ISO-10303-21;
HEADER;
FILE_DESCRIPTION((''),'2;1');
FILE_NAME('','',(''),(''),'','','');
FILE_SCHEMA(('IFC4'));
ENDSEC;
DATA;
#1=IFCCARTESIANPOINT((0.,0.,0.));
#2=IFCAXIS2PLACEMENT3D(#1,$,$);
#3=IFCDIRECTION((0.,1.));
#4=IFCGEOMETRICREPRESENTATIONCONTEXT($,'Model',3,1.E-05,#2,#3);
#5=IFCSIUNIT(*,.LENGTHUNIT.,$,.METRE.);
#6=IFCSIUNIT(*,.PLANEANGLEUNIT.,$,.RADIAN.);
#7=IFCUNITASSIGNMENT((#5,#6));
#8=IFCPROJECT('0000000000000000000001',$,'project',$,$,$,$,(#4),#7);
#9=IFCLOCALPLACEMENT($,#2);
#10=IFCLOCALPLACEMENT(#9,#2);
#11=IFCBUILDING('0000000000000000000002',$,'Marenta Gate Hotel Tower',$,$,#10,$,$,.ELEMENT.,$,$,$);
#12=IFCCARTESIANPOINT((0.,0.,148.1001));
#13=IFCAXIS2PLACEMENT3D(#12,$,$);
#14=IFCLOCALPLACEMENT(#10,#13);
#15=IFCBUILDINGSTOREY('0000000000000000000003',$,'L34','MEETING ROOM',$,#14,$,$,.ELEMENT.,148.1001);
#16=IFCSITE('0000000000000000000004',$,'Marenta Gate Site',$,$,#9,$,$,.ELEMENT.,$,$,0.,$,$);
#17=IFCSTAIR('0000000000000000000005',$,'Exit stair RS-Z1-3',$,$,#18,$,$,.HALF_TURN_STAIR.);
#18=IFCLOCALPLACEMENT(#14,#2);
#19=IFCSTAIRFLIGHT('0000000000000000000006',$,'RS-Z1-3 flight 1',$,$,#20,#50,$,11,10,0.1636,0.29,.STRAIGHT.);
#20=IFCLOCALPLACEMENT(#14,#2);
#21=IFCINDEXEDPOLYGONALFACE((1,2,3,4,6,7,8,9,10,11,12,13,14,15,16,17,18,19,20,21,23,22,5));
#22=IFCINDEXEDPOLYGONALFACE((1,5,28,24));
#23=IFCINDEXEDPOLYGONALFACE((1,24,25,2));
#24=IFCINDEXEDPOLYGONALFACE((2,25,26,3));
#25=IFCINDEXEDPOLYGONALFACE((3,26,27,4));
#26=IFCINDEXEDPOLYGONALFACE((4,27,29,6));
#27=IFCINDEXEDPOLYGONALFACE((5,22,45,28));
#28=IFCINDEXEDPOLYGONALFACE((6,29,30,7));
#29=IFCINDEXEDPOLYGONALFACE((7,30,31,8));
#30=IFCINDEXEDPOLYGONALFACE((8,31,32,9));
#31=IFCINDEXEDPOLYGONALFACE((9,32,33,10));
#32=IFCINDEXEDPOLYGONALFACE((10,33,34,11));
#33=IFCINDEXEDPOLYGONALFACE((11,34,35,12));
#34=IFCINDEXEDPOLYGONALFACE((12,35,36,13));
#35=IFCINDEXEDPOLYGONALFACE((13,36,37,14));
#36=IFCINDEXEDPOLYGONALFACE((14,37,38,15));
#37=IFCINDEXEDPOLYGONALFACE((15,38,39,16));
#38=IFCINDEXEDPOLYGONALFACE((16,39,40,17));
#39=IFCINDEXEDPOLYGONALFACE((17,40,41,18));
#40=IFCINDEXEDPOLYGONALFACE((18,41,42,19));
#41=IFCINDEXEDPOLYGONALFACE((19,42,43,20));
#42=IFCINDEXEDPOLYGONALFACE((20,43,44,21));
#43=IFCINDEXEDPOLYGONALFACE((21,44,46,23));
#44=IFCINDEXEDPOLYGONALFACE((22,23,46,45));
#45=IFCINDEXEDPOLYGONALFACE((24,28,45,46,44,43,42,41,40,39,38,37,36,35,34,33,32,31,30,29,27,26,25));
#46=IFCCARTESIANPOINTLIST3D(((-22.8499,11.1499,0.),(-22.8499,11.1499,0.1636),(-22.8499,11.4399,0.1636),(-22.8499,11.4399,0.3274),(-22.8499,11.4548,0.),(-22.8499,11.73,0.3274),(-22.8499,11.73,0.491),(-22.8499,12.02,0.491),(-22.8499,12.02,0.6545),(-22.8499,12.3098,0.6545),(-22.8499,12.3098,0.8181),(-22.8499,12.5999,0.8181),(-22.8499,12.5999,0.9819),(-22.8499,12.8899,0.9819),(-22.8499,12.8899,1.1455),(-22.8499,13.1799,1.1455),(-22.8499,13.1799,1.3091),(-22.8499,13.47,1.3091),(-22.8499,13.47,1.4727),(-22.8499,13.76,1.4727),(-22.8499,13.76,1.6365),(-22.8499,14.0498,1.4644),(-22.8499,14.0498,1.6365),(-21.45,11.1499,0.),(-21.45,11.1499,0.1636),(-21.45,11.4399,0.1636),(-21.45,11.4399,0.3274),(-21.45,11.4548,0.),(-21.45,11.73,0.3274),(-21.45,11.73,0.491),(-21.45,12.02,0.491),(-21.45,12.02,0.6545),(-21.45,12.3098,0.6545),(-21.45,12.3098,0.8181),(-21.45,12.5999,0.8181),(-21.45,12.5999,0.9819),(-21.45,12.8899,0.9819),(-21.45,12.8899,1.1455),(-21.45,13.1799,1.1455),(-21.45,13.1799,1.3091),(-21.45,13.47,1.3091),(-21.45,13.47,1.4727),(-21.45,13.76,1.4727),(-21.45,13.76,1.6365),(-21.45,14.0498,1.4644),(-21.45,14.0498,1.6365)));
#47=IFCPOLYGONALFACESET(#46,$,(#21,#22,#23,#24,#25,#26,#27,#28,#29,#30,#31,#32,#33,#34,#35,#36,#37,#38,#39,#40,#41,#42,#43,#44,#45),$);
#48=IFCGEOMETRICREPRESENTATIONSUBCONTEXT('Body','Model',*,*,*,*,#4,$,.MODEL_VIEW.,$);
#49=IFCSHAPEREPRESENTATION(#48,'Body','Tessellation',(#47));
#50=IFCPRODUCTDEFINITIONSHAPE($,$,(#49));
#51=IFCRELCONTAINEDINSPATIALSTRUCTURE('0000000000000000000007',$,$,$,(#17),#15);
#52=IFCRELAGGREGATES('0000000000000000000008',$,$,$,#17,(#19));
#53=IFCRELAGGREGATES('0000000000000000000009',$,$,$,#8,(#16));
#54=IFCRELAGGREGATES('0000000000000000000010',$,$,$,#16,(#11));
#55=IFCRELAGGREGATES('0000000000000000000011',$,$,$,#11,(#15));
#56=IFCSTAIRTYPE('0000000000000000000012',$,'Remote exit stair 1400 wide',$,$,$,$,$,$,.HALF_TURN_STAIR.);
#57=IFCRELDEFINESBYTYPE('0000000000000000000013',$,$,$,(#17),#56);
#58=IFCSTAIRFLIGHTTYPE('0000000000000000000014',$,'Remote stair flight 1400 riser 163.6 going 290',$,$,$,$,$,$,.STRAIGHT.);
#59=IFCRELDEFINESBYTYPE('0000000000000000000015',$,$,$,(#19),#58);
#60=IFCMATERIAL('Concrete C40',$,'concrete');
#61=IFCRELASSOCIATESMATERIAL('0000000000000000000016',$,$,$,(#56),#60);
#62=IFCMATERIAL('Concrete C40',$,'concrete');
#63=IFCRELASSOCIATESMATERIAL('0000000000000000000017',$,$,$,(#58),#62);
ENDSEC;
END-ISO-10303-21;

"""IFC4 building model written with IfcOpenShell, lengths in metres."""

from ifc_helpers import new_model, si_unit, direction, frame, origin, place, context, subcontext, project, spatial, polyline, outline, extrude, material, type_object, element, aggregate, save


model = new_model("IFC4")

# Units and contexts
model_context = context("Model", 3, precision=1e-05, world=origin(), true_north=direction((0.0, 1.0)))
body_context = subcontext(model_context, "Body", "Model", "MODEL_VIEW")
ifc_project = project(units=[si_unit("LENGTHUNIT", "METRE"), si_unit("PLANEANGLEUNIT", "RADIAN")], contexts=[model_context])

# Site, building, storey
site_placement = place(None, origin())
site = spatial("IfcSite", under=ifc_project, at=site_placement, Name="Marenta Gate Site", CompositionType="ELEMENT", RefElevation=0.0)
building_placement = place(site_placement, origin())
building = spatial("IfcBuilding", under=site, at=building_placement, Name="Marenta Gate Hotel Tower", CompositionType="ELEMENT")
storey_placement = place(building_placement, frame((0.0, 0.0, 148.1001)))
storey = spatial("IfcBuildingStorey", under=building, at=storey_placement, Name="L34", Description="MEETING ROOM", CompositionType="ELEMENT", Elevation=148.1001)

# Stair, stair flight
ifc_material_1 = material(Name="Concrete C40", Category="concrete")
stair_type = type_object("IfcStairType", Name="Remote exit stair 1400 wide", PredefinedType="HALF_TURN_STAIR", material=ifc_material_1)
stair_placement = place(storey_placement, origin())
stair = element("IfcStair", 1, at=stair_placement, inside=storey, type_object=stair_type, Name="Exit stair RS-Z1-3", PredefinedType="HALF_TURN_STAIR")
ifc_material_2 = material(Name="Concrete C40", Category="concrete")
stair_flight_type = type_object("IfcStairFlightType", Name="Remote stair flight 1400 riser 163.6 going 290", PredefinedType="STRAIGHT", material=ifc_material_2)
stair_flight_placement = place(storey_placement, frame((-22.1499, 11.1499, 0.0), z_axis=(0.0, 0.0, 1.0), x_axis=(0.0, 1.0, 0.0)))
stair_flight = element("IfcStairFlight", 2, at=stair_flight_placement, type_object=stair_flight_type, Name="RS-Z1-3 flight 1", NumberOfRisers=11, NumberOfTreads=10, PredefinedType="STRAIGHT", RiserHeight=0.1636, TreadLength=0.29, context=body_context, shape_type="SweptSolid", body=[
    extrude(outline(polyline([(0.0, 0.0), (0.0, 0.1636), (0.29, 0.1636), (0.29, 0.3274), (0.5801, 0.3274), (0.5801, 0.491), (0.8701, 0.491), (0.8701, 0.6545), (1.1599, 0.6545), (1.1599, 0.8181), (1.45, 0.8181), (1.45, 0.9819), (1.74, 0.9819), (1.74, 1.1455), (2.03, 1.1455), (2.03, 1.3091), (2.3201, 1.3091), (2.3201, 1.4727), (2.6101, 1.4727), (2.6101, 1.6365), (2.8999, 1.6365), (2.8999, 1.8), (2.8999, 1.4644), (0.3049, 0.0), (0.0, 0.0)])), frame((0.0, 0.7, 0.0), z_axis=(0.0, -1.0, 0.0), x_axis=(1.0, 0.0, 0.0)), (0.0, 0.0, 1.0), 1.3999),
])
aggregate(stair, [stair_flight])

save(model, "model.ifc")
